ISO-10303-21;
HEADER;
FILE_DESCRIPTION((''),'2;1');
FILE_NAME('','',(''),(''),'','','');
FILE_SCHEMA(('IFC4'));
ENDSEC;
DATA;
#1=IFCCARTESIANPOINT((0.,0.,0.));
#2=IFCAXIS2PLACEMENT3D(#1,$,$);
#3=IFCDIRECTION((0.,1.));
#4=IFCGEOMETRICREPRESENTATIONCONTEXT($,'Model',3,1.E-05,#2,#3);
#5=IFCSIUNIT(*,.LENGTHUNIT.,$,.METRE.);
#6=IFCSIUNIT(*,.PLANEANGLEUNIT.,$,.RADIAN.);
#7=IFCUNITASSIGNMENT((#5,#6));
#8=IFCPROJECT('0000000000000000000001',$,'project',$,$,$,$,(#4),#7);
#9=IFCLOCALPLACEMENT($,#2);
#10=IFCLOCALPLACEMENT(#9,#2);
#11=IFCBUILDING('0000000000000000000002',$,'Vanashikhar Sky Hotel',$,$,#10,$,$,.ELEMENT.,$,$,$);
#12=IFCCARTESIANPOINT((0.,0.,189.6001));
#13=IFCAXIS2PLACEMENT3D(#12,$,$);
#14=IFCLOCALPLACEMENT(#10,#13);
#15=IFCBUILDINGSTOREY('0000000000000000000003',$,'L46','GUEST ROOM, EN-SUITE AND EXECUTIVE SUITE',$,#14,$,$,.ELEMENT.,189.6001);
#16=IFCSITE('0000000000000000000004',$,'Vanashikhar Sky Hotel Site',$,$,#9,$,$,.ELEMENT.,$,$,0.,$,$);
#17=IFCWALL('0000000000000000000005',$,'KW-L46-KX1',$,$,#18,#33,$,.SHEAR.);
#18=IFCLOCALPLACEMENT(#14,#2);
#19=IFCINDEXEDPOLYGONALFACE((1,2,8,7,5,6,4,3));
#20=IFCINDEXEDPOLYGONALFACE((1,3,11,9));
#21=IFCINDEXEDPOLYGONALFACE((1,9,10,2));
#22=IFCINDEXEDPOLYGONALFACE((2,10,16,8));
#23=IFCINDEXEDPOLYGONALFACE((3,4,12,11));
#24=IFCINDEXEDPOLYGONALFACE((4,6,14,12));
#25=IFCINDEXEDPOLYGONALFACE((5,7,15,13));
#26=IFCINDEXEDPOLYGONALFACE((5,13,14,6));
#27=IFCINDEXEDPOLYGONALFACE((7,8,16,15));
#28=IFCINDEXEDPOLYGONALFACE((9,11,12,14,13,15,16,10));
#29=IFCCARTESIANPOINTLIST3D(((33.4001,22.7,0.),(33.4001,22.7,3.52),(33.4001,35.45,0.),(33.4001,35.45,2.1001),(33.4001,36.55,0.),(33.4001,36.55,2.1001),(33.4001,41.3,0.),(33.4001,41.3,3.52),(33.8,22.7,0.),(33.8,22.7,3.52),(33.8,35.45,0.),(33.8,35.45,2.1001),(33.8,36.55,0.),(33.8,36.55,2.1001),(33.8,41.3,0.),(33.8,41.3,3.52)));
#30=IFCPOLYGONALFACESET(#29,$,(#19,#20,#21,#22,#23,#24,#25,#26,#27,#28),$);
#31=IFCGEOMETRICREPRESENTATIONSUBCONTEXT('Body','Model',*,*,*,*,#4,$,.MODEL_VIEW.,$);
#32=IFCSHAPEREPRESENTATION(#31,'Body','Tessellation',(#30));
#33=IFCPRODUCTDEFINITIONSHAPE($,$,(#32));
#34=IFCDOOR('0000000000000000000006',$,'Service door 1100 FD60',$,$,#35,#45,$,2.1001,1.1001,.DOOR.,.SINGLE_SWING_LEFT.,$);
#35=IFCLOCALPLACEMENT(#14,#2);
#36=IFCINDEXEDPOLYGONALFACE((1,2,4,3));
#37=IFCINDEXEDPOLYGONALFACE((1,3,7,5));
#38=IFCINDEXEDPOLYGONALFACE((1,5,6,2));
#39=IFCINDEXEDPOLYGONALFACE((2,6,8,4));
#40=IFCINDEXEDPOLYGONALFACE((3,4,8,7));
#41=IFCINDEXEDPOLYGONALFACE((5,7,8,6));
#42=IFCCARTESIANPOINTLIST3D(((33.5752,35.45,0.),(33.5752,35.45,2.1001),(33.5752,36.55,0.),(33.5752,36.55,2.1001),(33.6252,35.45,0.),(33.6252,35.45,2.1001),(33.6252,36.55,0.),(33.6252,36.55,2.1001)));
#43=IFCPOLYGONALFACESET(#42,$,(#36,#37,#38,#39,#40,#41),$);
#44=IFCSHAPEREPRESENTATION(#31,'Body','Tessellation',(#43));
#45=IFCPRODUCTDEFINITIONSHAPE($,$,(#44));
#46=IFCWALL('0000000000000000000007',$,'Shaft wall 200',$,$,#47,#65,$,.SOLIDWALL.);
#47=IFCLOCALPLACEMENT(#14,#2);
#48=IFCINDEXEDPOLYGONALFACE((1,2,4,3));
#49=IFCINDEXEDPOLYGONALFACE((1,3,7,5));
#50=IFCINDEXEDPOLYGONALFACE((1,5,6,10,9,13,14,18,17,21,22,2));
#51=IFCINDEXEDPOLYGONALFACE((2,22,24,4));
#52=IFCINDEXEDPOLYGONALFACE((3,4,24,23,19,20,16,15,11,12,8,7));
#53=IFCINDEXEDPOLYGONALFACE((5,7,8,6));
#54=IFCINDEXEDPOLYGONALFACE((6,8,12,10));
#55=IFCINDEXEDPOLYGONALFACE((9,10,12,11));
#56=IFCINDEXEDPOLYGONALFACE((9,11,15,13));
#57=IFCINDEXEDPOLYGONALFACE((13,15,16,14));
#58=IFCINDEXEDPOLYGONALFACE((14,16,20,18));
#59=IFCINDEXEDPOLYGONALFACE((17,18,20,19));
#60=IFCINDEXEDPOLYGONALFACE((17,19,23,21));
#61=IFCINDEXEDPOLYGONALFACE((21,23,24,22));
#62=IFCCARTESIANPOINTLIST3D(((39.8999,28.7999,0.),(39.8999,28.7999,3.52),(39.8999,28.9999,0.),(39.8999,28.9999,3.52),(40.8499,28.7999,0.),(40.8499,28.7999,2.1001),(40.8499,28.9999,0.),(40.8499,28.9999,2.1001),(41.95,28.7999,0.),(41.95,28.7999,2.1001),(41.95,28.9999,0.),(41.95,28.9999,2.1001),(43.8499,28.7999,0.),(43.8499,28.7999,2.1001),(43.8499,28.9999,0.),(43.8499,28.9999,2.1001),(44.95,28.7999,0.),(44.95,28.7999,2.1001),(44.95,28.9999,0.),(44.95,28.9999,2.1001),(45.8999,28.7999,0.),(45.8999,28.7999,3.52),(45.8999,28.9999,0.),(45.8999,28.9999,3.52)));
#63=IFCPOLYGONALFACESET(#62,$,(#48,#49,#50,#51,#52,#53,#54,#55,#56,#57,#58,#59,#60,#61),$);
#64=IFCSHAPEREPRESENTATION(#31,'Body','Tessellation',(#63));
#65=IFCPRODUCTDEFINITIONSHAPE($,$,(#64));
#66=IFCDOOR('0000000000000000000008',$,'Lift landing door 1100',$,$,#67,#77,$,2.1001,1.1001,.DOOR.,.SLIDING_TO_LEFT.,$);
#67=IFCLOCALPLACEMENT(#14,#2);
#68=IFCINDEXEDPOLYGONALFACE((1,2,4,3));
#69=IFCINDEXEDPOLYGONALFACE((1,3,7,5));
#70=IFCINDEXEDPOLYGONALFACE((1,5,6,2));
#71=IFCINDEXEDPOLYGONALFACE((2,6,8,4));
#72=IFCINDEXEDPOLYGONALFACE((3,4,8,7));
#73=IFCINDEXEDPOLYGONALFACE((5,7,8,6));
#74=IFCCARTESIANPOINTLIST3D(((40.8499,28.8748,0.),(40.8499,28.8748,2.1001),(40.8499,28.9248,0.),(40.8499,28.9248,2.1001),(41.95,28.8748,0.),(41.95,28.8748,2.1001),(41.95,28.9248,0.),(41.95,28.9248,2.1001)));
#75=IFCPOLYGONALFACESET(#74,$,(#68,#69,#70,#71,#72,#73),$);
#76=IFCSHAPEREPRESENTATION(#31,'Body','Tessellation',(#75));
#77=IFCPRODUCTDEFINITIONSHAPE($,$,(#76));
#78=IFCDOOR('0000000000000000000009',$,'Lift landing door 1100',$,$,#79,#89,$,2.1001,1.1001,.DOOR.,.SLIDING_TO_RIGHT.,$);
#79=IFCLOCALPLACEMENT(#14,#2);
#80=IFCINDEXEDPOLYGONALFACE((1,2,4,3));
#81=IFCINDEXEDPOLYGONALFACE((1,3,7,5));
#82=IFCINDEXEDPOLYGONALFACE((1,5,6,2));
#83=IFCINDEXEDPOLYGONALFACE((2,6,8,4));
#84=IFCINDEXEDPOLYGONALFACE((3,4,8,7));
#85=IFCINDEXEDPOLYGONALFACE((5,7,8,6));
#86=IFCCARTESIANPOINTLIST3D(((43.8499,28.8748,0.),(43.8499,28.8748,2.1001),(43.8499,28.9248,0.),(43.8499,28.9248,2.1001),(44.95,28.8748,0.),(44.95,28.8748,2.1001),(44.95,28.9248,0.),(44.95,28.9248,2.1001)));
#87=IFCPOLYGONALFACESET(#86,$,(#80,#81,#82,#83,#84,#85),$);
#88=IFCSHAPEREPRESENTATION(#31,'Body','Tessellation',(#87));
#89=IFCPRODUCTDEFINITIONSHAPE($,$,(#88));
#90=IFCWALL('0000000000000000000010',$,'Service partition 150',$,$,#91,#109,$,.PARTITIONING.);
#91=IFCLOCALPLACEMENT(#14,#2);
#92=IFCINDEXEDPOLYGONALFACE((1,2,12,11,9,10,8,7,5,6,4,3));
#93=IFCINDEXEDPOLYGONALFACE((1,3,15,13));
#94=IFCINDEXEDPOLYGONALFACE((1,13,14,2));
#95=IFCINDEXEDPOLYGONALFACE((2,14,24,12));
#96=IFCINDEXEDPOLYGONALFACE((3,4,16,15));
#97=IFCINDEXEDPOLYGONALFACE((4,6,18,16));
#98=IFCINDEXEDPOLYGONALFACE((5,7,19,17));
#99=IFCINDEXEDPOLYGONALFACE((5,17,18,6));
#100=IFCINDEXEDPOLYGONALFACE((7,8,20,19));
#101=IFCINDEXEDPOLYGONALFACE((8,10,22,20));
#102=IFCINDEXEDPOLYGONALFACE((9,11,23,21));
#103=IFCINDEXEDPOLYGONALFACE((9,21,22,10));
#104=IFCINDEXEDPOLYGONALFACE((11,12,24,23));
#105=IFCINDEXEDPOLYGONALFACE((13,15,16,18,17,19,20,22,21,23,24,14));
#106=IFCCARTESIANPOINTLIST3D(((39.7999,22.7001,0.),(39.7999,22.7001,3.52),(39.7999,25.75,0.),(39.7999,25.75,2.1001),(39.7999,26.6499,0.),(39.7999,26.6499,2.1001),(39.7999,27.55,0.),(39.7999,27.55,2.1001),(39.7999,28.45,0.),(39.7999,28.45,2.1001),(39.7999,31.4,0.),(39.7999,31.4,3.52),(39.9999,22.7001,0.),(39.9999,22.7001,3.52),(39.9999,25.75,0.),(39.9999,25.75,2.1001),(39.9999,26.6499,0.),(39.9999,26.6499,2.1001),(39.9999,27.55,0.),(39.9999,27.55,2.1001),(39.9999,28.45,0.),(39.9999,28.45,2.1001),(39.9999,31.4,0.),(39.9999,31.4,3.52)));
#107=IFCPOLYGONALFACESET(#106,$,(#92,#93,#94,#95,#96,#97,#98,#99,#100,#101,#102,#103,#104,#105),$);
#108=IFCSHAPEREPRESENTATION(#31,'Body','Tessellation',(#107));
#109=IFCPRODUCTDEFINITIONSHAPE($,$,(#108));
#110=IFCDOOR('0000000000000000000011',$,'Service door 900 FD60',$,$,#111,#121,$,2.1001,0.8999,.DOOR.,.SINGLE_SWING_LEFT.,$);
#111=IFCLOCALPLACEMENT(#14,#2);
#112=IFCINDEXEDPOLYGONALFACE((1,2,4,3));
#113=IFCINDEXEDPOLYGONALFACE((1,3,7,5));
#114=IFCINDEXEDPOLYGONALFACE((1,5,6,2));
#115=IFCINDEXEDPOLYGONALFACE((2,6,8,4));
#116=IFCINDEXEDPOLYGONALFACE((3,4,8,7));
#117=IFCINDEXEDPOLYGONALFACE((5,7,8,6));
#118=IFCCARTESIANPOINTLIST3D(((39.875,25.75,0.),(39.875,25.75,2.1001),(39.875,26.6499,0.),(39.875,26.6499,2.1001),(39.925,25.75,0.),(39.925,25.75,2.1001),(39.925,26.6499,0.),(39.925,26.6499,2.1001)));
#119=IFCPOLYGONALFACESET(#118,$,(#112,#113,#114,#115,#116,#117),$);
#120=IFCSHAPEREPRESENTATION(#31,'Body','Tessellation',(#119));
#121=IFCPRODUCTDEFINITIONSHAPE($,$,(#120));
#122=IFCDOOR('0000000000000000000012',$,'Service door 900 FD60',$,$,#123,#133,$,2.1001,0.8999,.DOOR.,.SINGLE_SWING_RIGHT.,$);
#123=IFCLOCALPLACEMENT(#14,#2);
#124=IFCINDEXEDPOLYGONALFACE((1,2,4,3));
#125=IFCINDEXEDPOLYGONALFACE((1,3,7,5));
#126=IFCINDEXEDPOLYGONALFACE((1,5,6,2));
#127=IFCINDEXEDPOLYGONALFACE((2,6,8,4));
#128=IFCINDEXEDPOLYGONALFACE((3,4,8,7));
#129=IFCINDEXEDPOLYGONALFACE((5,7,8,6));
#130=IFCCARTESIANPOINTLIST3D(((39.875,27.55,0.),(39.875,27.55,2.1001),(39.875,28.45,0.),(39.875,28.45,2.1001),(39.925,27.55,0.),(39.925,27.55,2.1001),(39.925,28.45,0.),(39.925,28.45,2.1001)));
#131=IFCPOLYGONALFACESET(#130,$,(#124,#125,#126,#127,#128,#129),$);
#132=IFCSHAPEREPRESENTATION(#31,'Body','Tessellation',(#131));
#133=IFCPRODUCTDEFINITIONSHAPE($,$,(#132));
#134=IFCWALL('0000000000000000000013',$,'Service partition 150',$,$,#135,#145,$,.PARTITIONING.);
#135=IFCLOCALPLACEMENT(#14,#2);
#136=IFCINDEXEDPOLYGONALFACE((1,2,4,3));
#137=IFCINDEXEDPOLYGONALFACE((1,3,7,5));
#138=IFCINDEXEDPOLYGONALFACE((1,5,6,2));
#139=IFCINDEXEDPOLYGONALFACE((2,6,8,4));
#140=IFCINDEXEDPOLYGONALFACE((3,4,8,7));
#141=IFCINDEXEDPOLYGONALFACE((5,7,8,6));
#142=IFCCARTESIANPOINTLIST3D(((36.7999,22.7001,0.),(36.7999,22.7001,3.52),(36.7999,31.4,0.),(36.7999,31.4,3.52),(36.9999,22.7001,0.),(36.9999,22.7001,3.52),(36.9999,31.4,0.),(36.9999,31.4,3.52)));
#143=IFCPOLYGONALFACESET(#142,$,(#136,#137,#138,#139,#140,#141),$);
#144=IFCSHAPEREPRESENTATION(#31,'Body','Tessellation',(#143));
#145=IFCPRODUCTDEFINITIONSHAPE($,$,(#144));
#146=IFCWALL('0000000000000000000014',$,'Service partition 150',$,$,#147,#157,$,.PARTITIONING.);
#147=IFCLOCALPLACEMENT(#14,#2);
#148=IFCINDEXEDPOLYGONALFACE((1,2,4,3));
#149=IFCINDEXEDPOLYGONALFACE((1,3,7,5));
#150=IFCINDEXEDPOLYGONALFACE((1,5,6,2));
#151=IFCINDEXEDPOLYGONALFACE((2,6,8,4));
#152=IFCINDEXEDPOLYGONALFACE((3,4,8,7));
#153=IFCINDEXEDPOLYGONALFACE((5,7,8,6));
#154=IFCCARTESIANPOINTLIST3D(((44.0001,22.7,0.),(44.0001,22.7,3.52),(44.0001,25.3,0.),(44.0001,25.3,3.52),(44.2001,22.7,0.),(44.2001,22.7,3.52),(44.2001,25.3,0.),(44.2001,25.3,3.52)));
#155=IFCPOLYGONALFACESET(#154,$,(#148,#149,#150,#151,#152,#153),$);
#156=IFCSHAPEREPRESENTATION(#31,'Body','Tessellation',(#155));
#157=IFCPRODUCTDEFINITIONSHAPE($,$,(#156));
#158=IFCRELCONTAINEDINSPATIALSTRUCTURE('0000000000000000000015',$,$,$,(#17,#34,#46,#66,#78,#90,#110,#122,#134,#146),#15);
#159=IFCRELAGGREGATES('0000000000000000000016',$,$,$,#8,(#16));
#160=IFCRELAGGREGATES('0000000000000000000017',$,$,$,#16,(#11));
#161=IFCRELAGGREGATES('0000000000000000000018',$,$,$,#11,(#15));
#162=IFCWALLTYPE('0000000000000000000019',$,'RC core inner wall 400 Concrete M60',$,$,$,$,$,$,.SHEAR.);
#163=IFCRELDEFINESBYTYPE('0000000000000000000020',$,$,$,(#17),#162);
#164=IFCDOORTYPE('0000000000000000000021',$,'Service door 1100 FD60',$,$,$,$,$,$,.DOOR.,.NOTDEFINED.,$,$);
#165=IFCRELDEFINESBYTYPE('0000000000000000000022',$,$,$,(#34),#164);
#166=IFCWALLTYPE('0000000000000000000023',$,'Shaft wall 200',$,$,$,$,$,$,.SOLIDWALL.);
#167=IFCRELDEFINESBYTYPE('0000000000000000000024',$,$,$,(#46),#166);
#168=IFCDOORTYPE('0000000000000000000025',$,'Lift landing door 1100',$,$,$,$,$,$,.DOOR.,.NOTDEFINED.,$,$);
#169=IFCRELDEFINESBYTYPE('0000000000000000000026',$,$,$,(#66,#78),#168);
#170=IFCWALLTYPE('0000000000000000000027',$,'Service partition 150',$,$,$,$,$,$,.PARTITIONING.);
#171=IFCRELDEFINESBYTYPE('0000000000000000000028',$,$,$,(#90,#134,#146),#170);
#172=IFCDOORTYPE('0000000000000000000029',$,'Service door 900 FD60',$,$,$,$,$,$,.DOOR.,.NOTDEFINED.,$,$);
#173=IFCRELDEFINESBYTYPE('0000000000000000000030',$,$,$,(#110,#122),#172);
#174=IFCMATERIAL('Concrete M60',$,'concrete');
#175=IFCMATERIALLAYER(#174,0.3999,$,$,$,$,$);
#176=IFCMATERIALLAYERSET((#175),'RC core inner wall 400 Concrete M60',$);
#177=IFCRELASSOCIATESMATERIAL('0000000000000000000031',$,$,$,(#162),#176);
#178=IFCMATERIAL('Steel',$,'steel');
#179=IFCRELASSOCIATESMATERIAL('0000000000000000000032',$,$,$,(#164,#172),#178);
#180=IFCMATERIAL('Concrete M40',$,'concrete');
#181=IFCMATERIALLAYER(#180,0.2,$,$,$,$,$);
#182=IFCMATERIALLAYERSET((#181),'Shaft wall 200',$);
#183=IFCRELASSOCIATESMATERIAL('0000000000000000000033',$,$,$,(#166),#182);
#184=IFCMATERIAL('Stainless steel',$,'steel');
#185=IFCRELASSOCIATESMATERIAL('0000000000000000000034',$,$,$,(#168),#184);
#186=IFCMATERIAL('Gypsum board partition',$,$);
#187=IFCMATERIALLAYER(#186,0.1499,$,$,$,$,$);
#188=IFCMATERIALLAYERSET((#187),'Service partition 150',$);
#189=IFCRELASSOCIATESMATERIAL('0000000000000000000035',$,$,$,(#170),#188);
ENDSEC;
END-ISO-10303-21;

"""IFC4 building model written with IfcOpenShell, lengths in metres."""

from ifc_helpers import new_model, si_unit, direction, frame, frame_2d, origin, place, context, subcontext, project, spatial, rectangle, extrude, source, transform, mapped, material, layer, layer_set, type_object, element, fill, save


model = new_model("IFC4")

# Units and contexts
model_context = context("Model", 3, precision=1e-05, world=origin(), true_north=direction((0.0, 1.0)))
body_context = subcontext(model_context, "Body", "Model", "MODEL_VIEW")
ifc_project = project(units=[si_unit("LENGTHUNIT", "METRE"), si_unit("PLANEANGLEUNIT", "RADIAN")], contexts=[model_context])

# Site, building, storey
site_placement = place(None, origin())
site = spatial("IfcSite", under=ifc_project, at=site_placement, Name="Vanashikhar Sky Hotel Site", CompositionType="ELEMENT", RefElevation=0.0)
building_placement = place(site_placement, origin())
building = spatial("IfcBuilding", under=site, at=building_placement, Name="Vanashikhar Sky Hotel", CompositionType="ELEMENT")
storey_placement = place(building_placement, frame((0.0, 0.0, 189.6001)))
storey = spatial("IfcBuildingStorey", under=building, at=storey_placement, Name="L46", Description="GUEST ROOM, EN-SUITE AND EXECUTIVE SUITE", CompositionType="ELEMENT", Elevation=189.6001)

# Wall, opening, door
ifc_material_1 = material(Name="Concrete M60", Category="concrete")
ifc_layer_1 = layer(ifc_material_1, 0.3999)
ifc_layer_set_1 = layer_set([ifc_layer_1], Name="RC core inner wall 400 Concrete M60")
wall_type_1 = type_object("IfcWallType", Name="RC core inner wall 400 Concrete M60", PredefinedType="SHEAR", material=ifc_layer_set_1)
shared_shape_1 = source(origin(), body_context, "Body", "SweptSolid", [
    extrude(rectangle(XDim=18.6001, YDim=0.3999, at=frame_2d((9.3, 0.0))), origin(), (0.0, 0.0, 1.0), 3.52),
])
wall_1_placement = place(storey_placement, frame((33.6001, 22.7, 0.0), z_axis=(0.0, 0.0, 1.0), x_axis=(0.0, 1.0, 0.0)))
wall_1 = element("IfcWall", 1, at=wall_1_placement, inside=storey, type_object=wall_type_1, Name="KW-L46-KX1", PredefinedType="SHEAR", context=body_context, shape_type="MappedRepresentation", body=[
    mapped(shared_shape_1, transform((0.0, 0.0, 0.0), scale=1.0)),
])
shared_shape_2 = source(origin(), body_context, "Body", "SweptSolid", [
    extrude(rectangle(XDim=1.1001, YDim=2.1001, at=frame_2d((0.55, 1.05))), frame((0.0, 0.21, 0.0), z_axis=(0.0, -1.0, 0.0), x_axis=(1.0, 0.0, 0.0)), (0.0, 0.0, 1.0), 0.4199),
])
opening_1_placement = place(wall_1_placement, frame((12.75, 0.0, 0.0)))
opening_1 = element("IfcOpeningElement", 2, at=opening_1_placement, cuts=wall_1, PredefinedType="OPENING", context=body_context, shape_type="MappedRepresentation", body=[
    mapped(shared_shape_2, transform((0.0, 0.0, 0.0), scale=1.0)),
])
ifc_material_2 = material(Name="Steel", Category="steel")
door_type_1 = type_object("IfcDoorType", Name="Service door 1100 FD60", OperationType="NOTDEFINED", PredefinedType="DOOR", material=ifc_material_2)
shared_shape_3 = source(origin(), body_context, "Body", "SweptSolid", [
    extrude(rectangle(XDim=1.1001, YDim=2.1001, at=frame_2d((0.55, 1.05))), frame((0.0, 0.0249, 0.0), z_axis=(0.0, -1.0, 0.0), x_axis=(1.0, 0.0, 0.0)), (0.0, 0.0, 1.0), 0.05),
])
door_1_placement = place(opening_1_placement, origin())
door_1 = element("IfcDoor", 3, at=door_1_placement, inside=storey, type_object=door_type_1, Name="Service door 1100 FD60", OperationType="SINGLE_SWING_LEFT", OverallHeight=2.1001, OverallWidth=1.1001, PredefinedType="DOOR", context=body_context, shape_type="MappedRepresentation", body=[
    mapped(shared_shape_3, transform((0.0, 0.0, 0.0), scale=1.0)),
])
fill(opening_1, door_1)

# Walls, openings, doors
ifc_material_3 = material(Name="Concrete M40", Category="concrete")
ifc_layer_2 = layer(ifc_material_3, 0.2)
ifc_layer_set_2 = layer_set([ifc_layer_2], Name="Shaft wall 200")
wall_type_2 = type_object("IfcWallType", Name="Shaft wall 200", PredefinedType="SOLIDWALL", material=ifc_layer_set_2)
shared_shape_4 = source(origin(), body_context, "Body", "SweptSolid", [
    extrude(rectangle(XDim=6.0, YDim=0.2, at=frame_2d((3.0, 0.0))), origin(), (0.0, 0.0, 1.0), 3.52),
])
wall_2_placement = place(storey_placement, frame((39.8999, 28.8999, 0.0), z_axis=(0.0, 0.0, 1.0), x_axis=(1.0, 0.0, 0.0)))
wall_2 = element("IfcWall", 4, at=wall_2_placement, inside=storey, type_object=wall_type_2, Name="Shaft wall 200", PredefinedType="SOLIDWALL", context=body_context, shape_type="MappedRepresentation", body=[
    mapped(shared_shape_4, transform((0.0, 0.0, 0.0), scale=1.0)),
])
shared_shape_5 = source(origin(), body_context, "Body", "SweptSolid", [
    extrude(rectangle(XDim=1.1001, YDim=2.1001, at=frame_2d((0.55, 1.05))), frame((0.0, 0.1099, 0.0), z_axis=(0.0, -1.0, 0.0), x_axis=(1.0, 0.0, 0.0)), (0.0, 0.0, 1.0), 0.22),
])
opening_2_placement = place(wall_2_placement, frame((0.95, 0.0, 0.0)))
opening_2 = element("IfcOpeningElement", 5, at=opening_2_placement, cuts=wall_2, PredefinedType="OPENING", context=body_context, shape_type="MappedRepresentation", body=[
    mapped(shared_shape_5, transform((0.0, 0.0, 0.0), scale=1.0)),
])
opening_3_placement = place(wall_2_placement, frame((3.95, 0.0, 0.0)))
opening_3 = element("IfcOpeningElement", 6, at=opening_3_placement, cuts=wall_2, PredefinedType="OPENING", context=body_context, shape_type="MappedRepresentation", body=[
    mapped(shared_shape_5, transform((0.0, 0.0, 0.0), scale=1.0)),
])
ifc_material_4 = material(Name="Stainless steel", Category="steel")
door_type_2 = type_object("IfcDoorType", Name="Lift landing door 1100", OperationType="NOTDEFINED", PredefinedType="DOOR", material=ifc_material_4)
door_2_placement = place(opening_2_placement, origin())
door_2 = element("IfcDoor", 7, at=door_2_placement, inside=storey, type_object=door_type_2, Name="Lift landing door 1100", OperationType="SLIDING_TO_LEFT", OverallHeight=2.1001, OverallWidth=1.1001, PredefinedType="DOOR", context=body_context, shape_type="MappedRepresentation", body=[
    mapped(shared_shape_3, transform((0.0, 0.0, 0.0), scale=1.0)),
])
fill(opening_2, door_2)
door_3_placement = place(opening_3_placement, origin())
door_3 = element("IfcDoor", 8, at=door_3_placement, inside=storey, type_object=door_type_2, Name="Lift landing door 1100", OperationType="SLIDING_TO_RIGHT", OverallHeight=2.1001, OverallWidth=1.1001, PredefinedType="DOOR", context=body_context, shape_type="MappedRepresentation", body=[
    mapped(shared_shape_3, transform((0.0, 0.0, 0.0), scale=1.0)),
])
fill(opening_3, door_3)
ifc_material_5 = material(Name="Gypsum board partition")
ifc_layer_3 = layer(ifc_material_5, 0.1499)
ifc_layer_set_3 = layer_set([ifc_layer_3], Name="Service partition 150")
wall_type_3 = type_object("IfcWallType", Name="Service partition 150", PredefinedType="PARTITIONING", material=ifc_layer_set_3)
shared_shape_6 = source(origin(), body_context, "Body", "SweptSolid", [
    extrude(rectangle(XDim=8.7, YDim=0.2, at=frame_2d((4.3501, 0.0))), origin(), (0.0, 0.0, 1.0), 3.52),
])
wall_3_placement = place(storey_placement, frame((39.8999, 22.7, 0.0), z_axis=(0.0, 0.0, 1.0), x_axis=(0.0, 1.0, 0.0)))
wall_3 = element("IfcWall", 9, at=wall_3_placement, inside=storey, type_object=wall_type_3, Name="Service partition 150", PredefinedType="PARTITIONING", context=body_context, shape_type="MappedRepresentation", body=[
    mapped(shared_shape_6, transform((0.0, 0.0, 0.0), scale=1.0)),
])
shared_shape_7 = source(origin(), body_context, "Body", "SweptSolid", [
    extrude(rectangle(XDim=0.8999, YDim=2.1001, at=frame_2d((0.45, 1.05))), frame((0.0, 0.1099, 0.0), z_axis=(0.0, -1.0, 0.0), x_axis=(1.0, 0.0, 0.0)), (0.0, 0.0, 1.0), 0.22),
])
opening_4_placement = place(wall_3_placement, frame((3.05, 0.0, 0.0)))
opening_4 = element("IfcOpeningElement", 10, at=opening_4_placement, cuts=wall_3, PredefinedType="OPENING", context=body_context, shape_type="MappedRepresentation", body=[
    mapped(shared_shape_7, transform((0.0, 0.0, 0.0), scale=1.0)),
])
opening_5_placement = place(wall_3_placement, frame((4.8501, 0.0, 0.0)))
opening_5 = element("IfcOpeningElement", 11, at=opening_5_placement, cuts=wall_3, PredefinedType="OPENING", context=body_context, shape_type="MappedRepresentation", body=[
    mapped(shared_shape_7, transform((0.0, 0.0, 0.0), scale=1.0)),
])
door_type_3 = type_object("IfcDoorType", Name="Service door 900 FD60", OperationType="NOTDEFINED", PredefinedType="DOOR", material=ifc_material_2)
shared_shape_8 = source(origin(), body_context, "Body", "SweptSolid", [
    extrude(rectangle(XDim=0.8999, YDim=2.1001, at=frame_2d((0.45, 1.05))), frame((0.0, 0.0249, 0.0), z_axis=(0.0, -1.0, 0.0), x_axis=(1.0, 0.0, 0.0)), (0.0, 0.0, 1.0), 0.05),
])
door_4_placement = place(opening_4_placement, origin())
door_4 = element("IfcDoor", 12, at=door_4_placement, inside=storey, type_object=door_type_3, Name="Service door 900 FD60", OperationType="SINGLE_SWING_LEFT", OverallHeight=2.1001, OverallWidth=0.8999, PredefinedType="DOOR", context=body_context, shape_type="MappedRepresentation", body=[
    mapped(shared_shape_8, transform((0.0, 0.0, 0.0), scale=1.0)),
])
fill(opening_4, door_4)
door_5_placement = place(opening_5_placement, origin())
door_5 = element("IfcDoor", 13, at=door_5_placement, inside=storey, type_object=door_type_3, Name="Service door 900 FD60", OperationType="SINGLE_SWING_RIGHT", OverallHeight=2.1001, OverallWidth=0.8999, PredefinedType="DOOR", context=body_context, shape_type="MappedRepresentation", body=[
    mapped(shared_shape_8, transform((0.0, 0.0, 0.0), scale=1.0)),
])
fill(opening_5, door_5)

# Walls
wall_4_placement = place(storey_placement, frame((36.8999, 22.7, 0.0), z_axis=(0.0, 0.0, 1.0), x_axis=(0.0, 1.0, 0.0)))
element("IfcWall", 14, at=wall_4_placement, inside=storey, type_object=wall_type_3, Name="Service partition 150", PredefinedType="PARTITIONING", context=body_context, shape_type="MappedRepresentation", body=[
    mapped(shared_shape_6, transform((0.0, 0.0, 0.0), scale=1.0)),
])
shared_shape_9 = source(origin(), body_context, "Body", "SweptSolid", [
    extrude(rectangle(XDim=2.6001, YDim=0.2, at=frame_2d((1.3, 0.0))), origin(), (0.0, 0.0, 1.0), 3.52),
])
wall_5_placement = place(storey_placement, frame((44.1001, 22.7, 0.0), z_axis=(0.0, 0.0, 1.0), x_axis=(0.0, 1.0, 0.0)))
element("IfcWall", 15, at=wall_5_placement, inside=storey, type_object=wall_type_3, Name="Service partition 150", PredefinedType="PARTITIONING", context=body_context, shape_type="MappedRepresentation", body=[
    mapped(shared_shape_9, transform((0.0, 0.0, 0.0), scale=1.0)),
])

save(model, "model.ifc")
